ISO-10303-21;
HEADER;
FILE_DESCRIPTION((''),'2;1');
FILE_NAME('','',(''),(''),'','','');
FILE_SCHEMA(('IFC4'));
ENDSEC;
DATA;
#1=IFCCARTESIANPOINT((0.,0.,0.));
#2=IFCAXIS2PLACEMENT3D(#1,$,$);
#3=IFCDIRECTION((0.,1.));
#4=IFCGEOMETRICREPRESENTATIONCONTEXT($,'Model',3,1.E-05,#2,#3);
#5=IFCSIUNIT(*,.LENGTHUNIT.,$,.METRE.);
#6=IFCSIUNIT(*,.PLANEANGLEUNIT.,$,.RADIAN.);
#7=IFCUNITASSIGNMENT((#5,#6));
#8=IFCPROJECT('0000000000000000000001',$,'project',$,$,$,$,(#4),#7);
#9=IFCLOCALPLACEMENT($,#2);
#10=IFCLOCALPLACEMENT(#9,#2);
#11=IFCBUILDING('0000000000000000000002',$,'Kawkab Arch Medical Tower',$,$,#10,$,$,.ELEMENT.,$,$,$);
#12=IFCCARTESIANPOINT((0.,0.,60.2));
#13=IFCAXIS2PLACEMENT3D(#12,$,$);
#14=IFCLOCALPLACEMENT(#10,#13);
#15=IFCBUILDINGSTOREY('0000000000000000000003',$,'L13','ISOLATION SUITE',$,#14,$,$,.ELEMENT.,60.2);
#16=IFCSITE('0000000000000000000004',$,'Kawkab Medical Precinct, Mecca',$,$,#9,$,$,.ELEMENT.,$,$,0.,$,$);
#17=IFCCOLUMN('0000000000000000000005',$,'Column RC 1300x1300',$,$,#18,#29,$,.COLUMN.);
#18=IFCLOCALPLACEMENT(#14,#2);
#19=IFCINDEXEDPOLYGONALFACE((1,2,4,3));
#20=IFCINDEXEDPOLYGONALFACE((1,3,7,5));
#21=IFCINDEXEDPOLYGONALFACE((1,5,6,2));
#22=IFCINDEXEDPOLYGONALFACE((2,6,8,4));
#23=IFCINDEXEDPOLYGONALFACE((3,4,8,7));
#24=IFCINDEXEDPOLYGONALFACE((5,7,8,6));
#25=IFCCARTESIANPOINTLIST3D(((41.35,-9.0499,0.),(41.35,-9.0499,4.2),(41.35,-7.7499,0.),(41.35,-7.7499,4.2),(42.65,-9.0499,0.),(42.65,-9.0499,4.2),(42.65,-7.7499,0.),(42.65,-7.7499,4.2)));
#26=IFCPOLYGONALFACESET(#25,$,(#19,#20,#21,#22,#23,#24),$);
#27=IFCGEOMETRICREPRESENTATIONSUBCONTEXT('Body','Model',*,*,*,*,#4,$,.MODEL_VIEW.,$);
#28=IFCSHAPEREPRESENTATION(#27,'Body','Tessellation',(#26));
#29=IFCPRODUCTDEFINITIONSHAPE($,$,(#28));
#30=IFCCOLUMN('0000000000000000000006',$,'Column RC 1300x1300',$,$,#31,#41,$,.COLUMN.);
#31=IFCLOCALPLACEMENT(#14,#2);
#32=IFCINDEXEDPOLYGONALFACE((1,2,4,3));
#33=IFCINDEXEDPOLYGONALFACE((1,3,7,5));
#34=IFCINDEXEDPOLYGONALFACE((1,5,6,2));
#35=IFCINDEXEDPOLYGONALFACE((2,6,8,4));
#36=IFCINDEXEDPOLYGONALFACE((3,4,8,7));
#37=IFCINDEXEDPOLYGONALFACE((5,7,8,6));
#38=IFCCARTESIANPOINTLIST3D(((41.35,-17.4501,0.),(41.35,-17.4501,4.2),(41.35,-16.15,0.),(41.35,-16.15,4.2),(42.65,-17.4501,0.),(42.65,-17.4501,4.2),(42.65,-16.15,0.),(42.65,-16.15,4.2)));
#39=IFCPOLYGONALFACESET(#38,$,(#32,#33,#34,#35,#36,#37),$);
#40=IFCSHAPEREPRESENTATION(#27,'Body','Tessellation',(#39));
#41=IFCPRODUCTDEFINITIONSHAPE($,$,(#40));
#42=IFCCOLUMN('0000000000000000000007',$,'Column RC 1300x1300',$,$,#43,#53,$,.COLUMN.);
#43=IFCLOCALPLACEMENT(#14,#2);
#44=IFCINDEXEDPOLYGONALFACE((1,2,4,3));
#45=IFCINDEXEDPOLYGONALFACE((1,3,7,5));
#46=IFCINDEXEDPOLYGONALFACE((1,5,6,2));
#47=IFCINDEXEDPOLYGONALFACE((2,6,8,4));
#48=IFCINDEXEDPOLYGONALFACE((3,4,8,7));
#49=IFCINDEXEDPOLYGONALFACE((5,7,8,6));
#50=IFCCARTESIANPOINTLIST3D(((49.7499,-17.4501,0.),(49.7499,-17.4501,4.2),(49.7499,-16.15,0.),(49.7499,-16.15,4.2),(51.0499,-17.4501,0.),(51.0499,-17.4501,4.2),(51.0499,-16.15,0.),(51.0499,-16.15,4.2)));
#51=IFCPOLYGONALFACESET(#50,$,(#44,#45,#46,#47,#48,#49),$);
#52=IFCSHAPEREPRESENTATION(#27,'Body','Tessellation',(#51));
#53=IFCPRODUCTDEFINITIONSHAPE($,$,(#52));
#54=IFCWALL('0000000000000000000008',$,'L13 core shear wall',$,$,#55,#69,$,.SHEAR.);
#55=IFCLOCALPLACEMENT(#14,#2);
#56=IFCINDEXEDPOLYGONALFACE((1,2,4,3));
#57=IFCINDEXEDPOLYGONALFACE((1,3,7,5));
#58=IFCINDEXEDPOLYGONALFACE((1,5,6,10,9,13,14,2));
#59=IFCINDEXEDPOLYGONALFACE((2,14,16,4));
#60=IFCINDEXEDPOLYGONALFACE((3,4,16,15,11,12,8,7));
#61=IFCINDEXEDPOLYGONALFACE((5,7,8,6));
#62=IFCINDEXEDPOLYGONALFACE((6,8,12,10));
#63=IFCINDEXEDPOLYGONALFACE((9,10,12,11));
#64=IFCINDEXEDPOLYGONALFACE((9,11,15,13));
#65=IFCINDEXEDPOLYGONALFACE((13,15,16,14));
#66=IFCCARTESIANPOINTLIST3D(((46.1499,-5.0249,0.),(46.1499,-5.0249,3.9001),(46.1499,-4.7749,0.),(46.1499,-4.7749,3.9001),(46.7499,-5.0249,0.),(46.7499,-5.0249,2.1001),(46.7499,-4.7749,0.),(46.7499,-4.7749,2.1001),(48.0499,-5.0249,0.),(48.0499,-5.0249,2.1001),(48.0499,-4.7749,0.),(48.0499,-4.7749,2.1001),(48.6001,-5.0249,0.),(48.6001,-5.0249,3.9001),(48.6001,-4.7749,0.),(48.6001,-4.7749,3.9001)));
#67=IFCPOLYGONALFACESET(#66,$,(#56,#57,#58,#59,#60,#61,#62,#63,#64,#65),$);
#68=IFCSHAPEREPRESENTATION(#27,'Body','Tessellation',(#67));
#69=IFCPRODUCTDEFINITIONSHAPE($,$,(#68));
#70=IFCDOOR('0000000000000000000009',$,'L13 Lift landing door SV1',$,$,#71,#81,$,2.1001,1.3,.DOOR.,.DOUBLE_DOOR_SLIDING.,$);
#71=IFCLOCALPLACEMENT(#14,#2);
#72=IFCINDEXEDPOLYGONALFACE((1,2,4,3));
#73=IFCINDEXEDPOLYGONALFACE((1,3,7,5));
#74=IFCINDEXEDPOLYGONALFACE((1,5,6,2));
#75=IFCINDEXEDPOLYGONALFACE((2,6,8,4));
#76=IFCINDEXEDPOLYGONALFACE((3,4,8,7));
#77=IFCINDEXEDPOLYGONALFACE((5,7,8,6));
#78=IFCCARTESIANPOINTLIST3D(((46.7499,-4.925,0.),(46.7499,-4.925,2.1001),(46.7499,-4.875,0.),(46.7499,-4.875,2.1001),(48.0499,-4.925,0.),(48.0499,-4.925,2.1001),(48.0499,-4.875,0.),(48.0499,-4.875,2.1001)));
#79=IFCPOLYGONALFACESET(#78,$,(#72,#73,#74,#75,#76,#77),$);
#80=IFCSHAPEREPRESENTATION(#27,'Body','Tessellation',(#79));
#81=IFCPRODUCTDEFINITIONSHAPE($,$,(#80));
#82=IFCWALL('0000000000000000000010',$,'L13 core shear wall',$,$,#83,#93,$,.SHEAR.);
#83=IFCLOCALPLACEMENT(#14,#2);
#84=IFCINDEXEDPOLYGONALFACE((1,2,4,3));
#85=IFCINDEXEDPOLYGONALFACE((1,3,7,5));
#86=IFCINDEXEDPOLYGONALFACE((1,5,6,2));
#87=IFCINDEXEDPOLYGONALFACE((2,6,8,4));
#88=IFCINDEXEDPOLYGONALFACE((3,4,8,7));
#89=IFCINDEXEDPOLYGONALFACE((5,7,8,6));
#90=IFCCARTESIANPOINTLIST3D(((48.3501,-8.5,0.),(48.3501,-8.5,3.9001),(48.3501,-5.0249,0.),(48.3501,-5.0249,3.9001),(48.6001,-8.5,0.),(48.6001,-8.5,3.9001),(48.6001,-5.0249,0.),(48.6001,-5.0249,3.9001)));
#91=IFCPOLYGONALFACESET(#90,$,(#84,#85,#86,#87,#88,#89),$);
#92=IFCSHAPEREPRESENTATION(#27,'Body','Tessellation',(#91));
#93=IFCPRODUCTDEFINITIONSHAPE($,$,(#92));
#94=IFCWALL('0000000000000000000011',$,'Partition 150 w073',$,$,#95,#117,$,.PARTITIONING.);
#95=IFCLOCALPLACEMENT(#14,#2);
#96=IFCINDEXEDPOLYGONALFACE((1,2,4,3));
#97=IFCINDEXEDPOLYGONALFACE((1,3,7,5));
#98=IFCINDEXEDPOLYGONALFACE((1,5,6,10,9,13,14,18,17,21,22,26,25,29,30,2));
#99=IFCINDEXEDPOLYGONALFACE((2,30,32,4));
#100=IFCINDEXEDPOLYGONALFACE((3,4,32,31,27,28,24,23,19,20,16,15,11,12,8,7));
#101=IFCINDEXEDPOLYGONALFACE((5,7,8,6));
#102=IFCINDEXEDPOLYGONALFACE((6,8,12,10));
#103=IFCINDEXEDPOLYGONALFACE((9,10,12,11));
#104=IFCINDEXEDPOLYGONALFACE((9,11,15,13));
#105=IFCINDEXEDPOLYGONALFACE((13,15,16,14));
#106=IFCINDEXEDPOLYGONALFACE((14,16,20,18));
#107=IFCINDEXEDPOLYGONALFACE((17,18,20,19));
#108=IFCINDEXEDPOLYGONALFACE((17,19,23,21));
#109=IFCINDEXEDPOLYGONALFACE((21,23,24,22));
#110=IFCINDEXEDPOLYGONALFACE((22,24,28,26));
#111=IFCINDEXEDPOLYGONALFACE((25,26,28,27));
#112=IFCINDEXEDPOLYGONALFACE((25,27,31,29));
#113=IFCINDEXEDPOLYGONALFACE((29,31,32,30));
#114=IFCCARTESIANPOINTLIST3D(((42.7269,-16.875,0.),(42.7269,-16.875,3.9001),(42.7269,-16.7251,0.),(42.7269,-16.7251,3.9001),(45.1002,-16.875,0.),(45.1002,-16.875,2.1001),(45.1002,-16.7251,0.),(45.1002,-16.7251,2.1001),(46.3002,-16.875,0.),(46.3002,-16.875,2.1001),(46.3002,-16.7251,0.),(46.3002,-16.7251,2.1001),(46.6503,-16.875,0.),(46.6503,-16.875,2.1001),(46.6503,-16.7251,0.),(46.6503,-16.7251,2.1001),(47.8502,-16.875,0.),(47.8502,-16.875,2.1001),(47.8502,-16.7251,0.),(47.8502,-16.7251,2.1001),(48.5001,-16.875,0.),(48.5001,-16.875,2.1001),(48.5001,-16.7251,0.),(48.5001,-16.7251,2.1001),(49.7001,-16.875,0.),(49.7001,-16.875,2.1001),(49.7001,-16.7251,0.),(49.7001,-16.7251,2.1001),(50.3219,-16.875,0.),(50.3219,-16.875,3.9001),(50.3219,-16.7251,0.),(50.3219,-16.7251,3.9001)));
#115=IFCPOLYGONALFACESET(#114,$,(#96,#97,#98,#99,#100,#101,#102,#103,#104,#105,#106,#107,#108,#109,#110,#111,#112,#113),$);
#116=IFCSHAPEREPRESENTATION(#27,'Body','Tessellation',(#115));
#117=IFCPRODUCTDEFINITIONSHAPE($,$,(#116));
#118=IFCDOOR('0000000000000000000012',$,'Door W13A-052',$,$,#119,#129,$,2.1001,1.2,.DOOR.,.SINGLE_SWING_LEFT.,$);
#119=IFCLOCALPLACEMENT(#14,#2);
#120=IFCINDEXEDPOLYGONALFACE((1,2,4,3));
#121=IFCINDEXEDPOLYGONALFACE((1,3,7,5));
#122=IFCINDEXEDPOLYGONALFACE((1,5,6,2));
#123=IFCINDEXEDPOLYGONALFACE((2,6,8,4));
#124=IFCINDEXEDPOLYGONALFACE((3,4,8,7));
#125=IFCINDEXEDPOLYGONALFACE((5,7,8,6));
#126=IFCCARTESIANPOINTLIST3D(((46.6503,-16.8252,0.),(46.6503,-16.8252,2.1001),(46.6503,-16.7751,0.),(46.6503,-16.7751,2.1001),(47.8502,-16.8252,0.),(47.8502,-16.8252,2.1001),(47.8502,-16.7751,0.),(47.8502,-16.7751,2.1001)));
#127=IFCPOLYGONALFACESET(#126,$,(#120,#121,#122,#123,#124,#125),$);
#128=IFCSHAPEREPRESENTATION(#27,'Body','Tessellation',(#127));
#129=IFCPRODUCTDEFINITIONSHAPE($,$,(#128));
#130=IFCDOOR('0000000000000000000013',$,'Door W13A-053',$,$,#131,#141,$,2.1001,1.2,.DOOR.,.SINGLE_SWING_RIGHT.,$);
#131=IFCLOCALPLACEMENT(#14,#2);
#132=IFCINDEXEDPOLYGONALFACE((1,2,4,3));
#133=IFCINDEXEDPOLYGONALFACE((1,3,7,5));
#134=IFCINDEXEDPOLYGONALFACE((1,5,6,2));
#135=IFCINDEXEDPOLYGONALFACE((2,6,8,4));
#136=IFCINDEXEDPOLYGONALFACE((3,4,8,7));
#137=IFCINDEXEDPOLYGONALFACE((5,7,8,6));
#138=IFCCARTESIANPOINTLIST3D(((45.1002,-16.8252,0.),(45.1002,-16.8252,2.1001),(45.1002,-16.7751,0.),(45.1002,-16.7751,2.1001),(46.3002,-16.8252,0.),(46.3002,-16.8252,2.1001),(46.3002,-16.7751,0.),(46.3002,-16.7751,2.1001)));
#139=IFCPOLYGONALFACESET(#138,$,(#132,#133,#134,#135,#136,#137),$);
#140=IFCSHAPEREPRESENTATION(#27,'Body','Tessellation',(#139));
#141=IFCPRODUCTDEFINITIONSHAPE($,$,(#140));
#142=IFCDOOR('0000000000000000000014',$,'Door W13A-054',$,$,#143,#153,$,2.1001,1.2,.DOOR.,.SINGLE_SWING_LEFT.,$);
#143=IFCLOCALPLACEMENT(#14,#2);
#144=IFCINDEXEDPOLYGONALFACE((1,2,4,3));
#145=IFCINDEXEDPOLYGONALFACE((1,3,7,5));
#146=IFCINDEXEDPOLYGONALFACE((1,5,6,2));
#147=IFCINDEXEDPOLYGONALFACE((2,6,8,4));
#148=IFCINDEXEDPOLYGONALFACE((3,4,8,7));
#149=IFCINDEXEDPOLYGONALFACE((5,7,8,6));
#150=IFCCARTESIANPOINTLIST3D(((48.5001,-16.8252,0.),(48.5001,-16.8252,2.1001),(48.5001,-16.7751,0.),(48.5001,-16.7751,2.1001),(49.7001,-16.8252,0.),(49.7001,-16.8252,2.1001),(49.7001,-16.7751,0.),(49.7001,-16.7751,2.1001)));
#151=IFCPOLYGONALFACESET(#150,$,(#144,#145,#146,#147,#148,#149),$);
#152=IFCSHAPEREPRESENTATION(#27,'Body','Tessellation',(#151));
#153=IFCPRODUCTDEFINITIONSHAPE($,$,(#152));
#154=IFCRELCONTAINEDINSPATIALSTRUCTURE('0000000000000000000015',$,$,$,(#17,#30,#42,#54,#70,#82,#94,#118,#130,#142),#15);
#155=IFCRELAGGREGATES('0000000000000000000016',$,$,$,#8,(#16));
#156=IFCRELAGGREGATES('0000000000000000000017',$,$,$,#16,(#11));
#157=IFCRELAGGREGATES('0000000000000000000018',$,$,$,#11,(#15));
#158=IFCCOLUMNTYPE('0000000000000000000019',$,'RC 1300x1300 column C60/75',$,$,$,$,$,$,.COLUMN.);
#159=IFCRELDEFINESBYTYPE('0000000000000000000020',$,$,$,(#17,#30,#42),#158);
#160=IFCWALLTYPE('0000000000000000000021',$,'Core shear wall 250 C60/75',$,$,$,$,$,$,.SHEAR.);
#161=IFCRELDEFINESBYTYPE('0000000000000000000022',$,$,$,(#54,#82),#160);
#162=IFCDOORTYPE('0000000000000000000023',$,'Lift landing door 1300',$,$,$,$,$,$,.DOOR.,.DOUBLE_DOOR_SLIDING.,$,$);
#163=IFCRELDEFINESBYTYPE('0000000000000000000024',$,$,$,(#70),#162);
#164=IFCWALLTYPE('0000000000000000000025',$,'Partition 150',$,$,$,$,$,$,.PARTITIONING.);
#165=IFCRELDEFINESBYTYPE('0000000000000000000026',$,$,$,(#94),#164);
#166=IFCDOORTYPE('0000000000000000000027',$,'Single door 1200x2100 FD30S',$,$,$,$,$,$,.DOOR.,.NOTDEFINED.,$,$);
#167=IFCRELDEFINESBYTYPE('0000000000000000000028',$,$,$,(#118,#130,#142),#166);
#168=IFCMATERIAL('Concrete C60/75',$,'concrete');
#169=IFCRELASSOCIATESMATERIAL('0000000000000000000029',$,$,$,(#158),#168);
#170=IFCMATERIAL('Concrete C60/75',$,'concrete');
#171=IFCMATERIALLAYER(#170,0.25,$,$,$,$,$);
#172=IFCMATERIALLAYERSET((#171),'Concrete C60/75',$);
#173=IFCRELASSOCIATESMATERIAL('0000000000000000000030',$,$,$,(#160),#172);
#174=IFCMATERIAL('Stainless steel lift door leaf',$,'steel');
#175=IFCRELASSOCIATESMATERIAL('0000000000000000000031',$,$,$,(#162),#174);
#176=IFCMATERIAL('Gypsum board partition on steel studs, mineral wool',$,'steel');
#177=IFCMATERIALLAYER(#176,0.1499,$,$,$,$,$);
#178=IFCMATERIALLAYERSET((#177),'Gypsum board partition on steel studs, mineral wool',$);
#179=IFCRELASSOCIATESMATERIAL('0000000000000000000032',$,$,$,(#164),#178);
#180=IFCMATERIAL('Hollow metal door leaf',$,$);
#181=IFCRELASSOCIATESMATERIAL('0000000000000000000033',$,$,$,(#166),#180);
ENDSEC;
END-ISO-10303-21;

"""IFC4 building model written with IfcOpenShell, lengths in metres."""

from ifc_helpers import new_model, si_unit, direction, frame, frame_2d, origin, origin_2d, place, context, subcontext, project, spatial, rectangle, extrude, material, layer, layer_set, material_profile, profile_set, type_object, element, fill, save


model = new_model("IFC4")

# Units and contexts
model_context = context("Model", 3, precision=1e-05, world=origin(), true_north=direction((0.0, 1.0)))
body_context = subcontext(model_context, "Body", "Model", "MODEL_VIEW")
ifc_project = project(units=[si_unit("LENGTHUNIT", "METRE"), si_unit("PLANEANGLEUNIT", "RADIAN")], contexts=[model_context])

# Site, building, storey
site_placement = place(None, origin())
site = spatial("IfcSite", under=ifc_project, at=site_placement, Name="Kawkab Medical Precinct, Mecca", CompositionType="ELEMENT", RefElevation=0.0)
building_placement = place(site_placement, origin())
building = spatial("IfcBuilding", under=site, at=building_placement, Name="Kawkab Arch Medical Tower", CompositionType="ELEMENT")
storey_placement = place(building_placement, frame((0.0, 0.0, 60.2)))
storey = spatial("IfcBuildingStorey", under=building, at=storey_placement, Name="L13", Description="ISOLATION SUITE", CompositionType="ELEMENT", Elevation=60.2)

# Columns
ifc_material_1 = material(Name="Concrete C60/75", Category="concrete")
ifc_material_profile = material_profile(ifc_material_1, rectangle(XDim=1.3, YDim=1.3, at=origin_2d()), Name="RC 1300x1300")
ifc_profile_set = profile_set([ifc_material_profile], Name="Concrete C60/75")
column_type = type_object("IfcColumnType", Name="RC 1300x1300 column C60/75", PredefinedType="COLUMN", material=ifc_profile_set)
for number, where, z_axis, x_axis, name in (
    (1, (42.0, -8.3999, 0.0), (0.0, 0.0, 1.0), (1.0, 0.0, 0.0), "Column RC 1300x1300"),
    (2, (42.0, -16.8, 0.0), (0.0, 0.0, 1.0), (1.0, 0.0, 0.0), "Column RC 1300x1300"),
    (3, (50.3999, -16.8, 0.0), (0.0, 0.0, 1.0), (1.0, 0.0, 0.0), "Column RC 1300x1300"),
):
    element("IfcColumn", number, at=place(storey_placement, frame(where, z_axis=z_axis, x_axis=x_axis)), inside=storey, type_object=column_type, Name=name, PredefinedType="COLUMN", context=body_context, shape_type="SweptSolid", body=[
        extrude(rectangle(XDim=1.3, YDim=1.3, at=origin_2d()), origin(), (0.0, 0.0, 1.0), 4.2),
    ])

# Wall, opening, door
ifc_material_2 = material(Name="Concrete C60/75", Category="concrete")
ifc_layer_1 = layer(ifc_material_2, 0.25)
ifc_layer_set_1 = layer_set([ifc_layer_1], Name="Concrete C60/75")
wall_type_1 = type_object("IfcWallType", Name="Core shear wall 250 C60/75", PredefinedType="SHEAR", material=ifc_layer_set_1)
wall_1_placement = place(storey_placement, frame((46.1499, -4.8999, 0.0), z_axis=(0.0, 0.0, 1.0), x_axis=(1.0, 0.0, 0.0)))
wall_1 = element("IfcWall", 4, at=wall_1_placement, inside=storey, type_object=wall_type_1, Name="L13 core shear wall", PredefinedType="SHEAR", context=body_context, shape_type="SweptSolid", body=[
    extrude(rectangle(XDim=2.4502, YDim=0.25, at=frame_2d((1.2251, 0.0))), origin(), (0.0, 0.0, 1.0), 3.9001),
])
opening_1_placement = place(wall_1_placement, frame((0.6001, 0.0, 0.0)))
opening_1 = element("IfcOpeningElement", 5, at=opening_1_placement, cuts=wall_1, PredefinedType="OPENING", context=body_context, shape_type="SweptSolid", body=[
    extrude(rectangle(XDim=1.3, YDim=2.1001, at=frame_2d((0.6499, 1.05))), frame((0.0, 0.135, 0.0), z_axis=(0.0, -1.0, 0.0), x_axis=(1.0, 0.0, 0.0)), (0.0, 0.0, 1.0), 0.27),
])
ifc_material_3 = material(Name="Stainless steel lift door leaf", Category="steel")
door_type_1 = type_object("IfcDoorType", Name="Lift landing door 1300", OperationType="DOUBLE_DOOR_SLIDING", PredefinedType="DOOR", material=ifc_material_3)
door_1_placement = place(opening_1_placement, origin())
door_1 = element("IfcDoor", 6, at=door_1_placement, inside=storey, type_object=door_type_1, Name="L13 Lift landing door SV1", OperationType="DOUBLE_DOOR_SLIDING", OverallHeight=2.1001, OverallWidth=1.3, PredefinedType="DOOR", context=body_context, shape_type="SweptSolid", body=[
    extrude(rectangle(XDim=1.3, YDim=2.1001, at=frame_2d((0.6499, 1.05))), frame((0.0, 0.0249, 0.0), z_axis=(0.0, -1.0, 0.0), x_axis=(1.0, 0.0, 0.0)), (0.0, 0.0, 1.0), 0.05),
])
fill(opening_1, door_1)

# Wall
wall_2_placement = place(storey_placement, frame((48.4751, -8.5, 0.0), z_axis=(0.0, 0.0, 1.0), x_axis=(0.0, 1.0, 0.0)))
element("IfcWall", 7, at=wall_2_placement, inside=storey, type_object=wall_type_1, Name="L13 core shear wall", PredefinedType="SHEAR", context=body_context, shape_type="SweptSolid", body=[
    extrude(rectangle(XDim=3.4751, YDim=0.25, at=frame_2d((1.7375, 0.0))), origin(), (0.0, 0.0, 1.0), 3.9001),
])

# Wall, openings, doors
ifc_material_4 = material(Name="Gypsum board partition on steel studs, mineral wool", Category="steel")
ifc_layer_2 = layer(ifc_material_4, 0.1499)
ifc_layer_set_2 = layer_set([ifc_layer_2], Name="Gypsum board partition on steel studs, mineral wool")
wall_type_2 = type_object("IfcWallType", Name="Partition 150", PredefinedType="PARTITIONING", material=ifc_layer_set_2)
wall_3_placement = place(storey_placement, frame((42.7271, -16.8, 0.0), z_axis=(0.0, 0.0, 1.0), x_axis=(1.0, 0.0, 0.0)))
wall_3 = element("IfcWall", 8, at=wall_3_placement, inside=storey, type_object=wall_type_2, Name="Partition 150 w073", PredefinedType="PARTITIONING", context=body_context, shape_type="SweptSolid", body=[
    extrude(rectangle(XDim=7.595, YDim=0.1499, at=frame_2d((3.7974, 0.0))), origin(), (0.0, 0.0, 1.0), 3.9001),
])
opening_2_placement = place(wall_3_placement, frame((3.9231, 0.0, 0.0)))
opening_2 = element("IfcOpeningElement", 9, at=opening_2_placement, cuts=wall_3, PredefinedType="OPENING", context=body_context, shape_type="SweptSolid", body=[
    extrude(rectangle(XDim=1.2, YDim=2.1001, at=frame_2d((0.6001, 1.05))), frame((0.0, 0.085, 0.0), z_axis=(0.0, -1.0, 0.0), x_axis=(1.0, 0.0, 0.0)), (0.0, 0.0, 1.0), 0.1699),
])
opening_3_placement = place(wall_3_placement, frame((2.373, 0.0, 0.0)))
opening_3 = element("IfcOpeningElement", 10, at=opening_3_placement, cuts=wall_3, PredefinedType="OPENING", context=body_context, shape_type="SweptSolid", body=[
    extrude(rectangle(XDim=1.2, YDim=2.1001, at=frame_2d((0.6001, 1.05))), frame((0.0, 0.085, 0.0), z_axis=(0.0, -1.0, 0.0), x_axis=(1.0, 0.0, 0.0)), (0.0, 0.0, 1.0), 0.1699),
])
opening_4_placement = place(wall_3_placement, frame((5.7729, 0.0, 0.0)))
opening_4 = element("IfcOpeningElement", 11, at=opening_4_placement, cuts=wall_3, PredefinedType="OPENING", context=body_context, shape_type="SweptSolid", body=[
    extrude(rectangle(XDim=1.2, YDim=2.1001, at=frame_2d((0.6001, 1.05))), frame((0.0, 0.085, 0.0), z_axis=(0.0, -1.0, 0.0), x_axis=(1.0, 0.0, 0.0)), (0.0, 0.0, 1.0), 0.1699),
])
ifc_material_5 = material(Name="Hollow metal door leaf")
door_type_2 = type_object("IfcDoorType", Name="Single door 1200x2100 FD30S", OperationType="NOTDEFINED", PredefinedType="DOOR", material=ifc_material_5)
door_2_placement = place(opening_2_placement, origin())
door_2 = element("IfcDoor", 12, at=door_2_placement, inside=storey, type_object=door_type_2, Name="Door W13A-052", OperationType="SINGLE_SWING_LEFT", OverallHeight=2.1001, OverallWidth=1.2, PredefinedType="DOOR", context=body_context, shape_type="SweptSolid", body=[
    extrude(rectangle(XDim=1.2, YDim=2.1001, at=frame_2d((0.6001, 1.05))), frame((0.0, 0.0249, 0.0), z_axis=(0.0, -1.0, 0.0), x_axis=(1.0, 0.0, 0.0)), (0.0, 0.0, 1.0), 0.05),
])
fill(opening_2, door_2)
door_3_placement = place(opening_3_placement, origin())
door_3 = element("IfcDoor", 13, at=door_3_placement, inside=storey, type_object=door_type_2, Name="Door W13A-053", OperationType="SINGLE_SWING_RIGHT", OverallHeight=2.1001, OverallWidth=1.2, PredefinedType="DOOR", context=body_context, shape_type="SweptSolid", body=[
    extrude(rectangle(XDim=1.2, YDim=2.1001, at=frame_2d((0.6001, 1.05))), frame((0.0, 0.0249, 0.0), z_axis=(0.0, -1.0, 0.0), x_axis=(1.0, 0.0, 0.0)), (0.0, 0.0, 1.0), 0.05),
])
fill(opening_3, door_3)
door_4_placement = place(opening_4_placement, origin())
door_4 = element("IfcDoor", 14, at=door_4_placement, inside=storey, type_object=door_type_2, Name="Door W13A-054", OperationType="SINGLE_SWING_LEFT", OverallHeight=2.1001, OverallWidth=1.2, PredefinedType="DOOR", context=body_context, shape_type="SweptSolid", body=[
    extrude(rectangle(XDim=1.2, YDim=2.1001, at=frame_2d((0.6001, 1.05))), frame((0.0, 0.0249, 0.0), z_axis=(0.0, -1.0, 0.0), x_axis=(1.0, 0.0, 0.0)), (0.0, 0.0, 1.0), 0.05),
])
fill(opening_4, door_4)

save(model, "model.ifc")
